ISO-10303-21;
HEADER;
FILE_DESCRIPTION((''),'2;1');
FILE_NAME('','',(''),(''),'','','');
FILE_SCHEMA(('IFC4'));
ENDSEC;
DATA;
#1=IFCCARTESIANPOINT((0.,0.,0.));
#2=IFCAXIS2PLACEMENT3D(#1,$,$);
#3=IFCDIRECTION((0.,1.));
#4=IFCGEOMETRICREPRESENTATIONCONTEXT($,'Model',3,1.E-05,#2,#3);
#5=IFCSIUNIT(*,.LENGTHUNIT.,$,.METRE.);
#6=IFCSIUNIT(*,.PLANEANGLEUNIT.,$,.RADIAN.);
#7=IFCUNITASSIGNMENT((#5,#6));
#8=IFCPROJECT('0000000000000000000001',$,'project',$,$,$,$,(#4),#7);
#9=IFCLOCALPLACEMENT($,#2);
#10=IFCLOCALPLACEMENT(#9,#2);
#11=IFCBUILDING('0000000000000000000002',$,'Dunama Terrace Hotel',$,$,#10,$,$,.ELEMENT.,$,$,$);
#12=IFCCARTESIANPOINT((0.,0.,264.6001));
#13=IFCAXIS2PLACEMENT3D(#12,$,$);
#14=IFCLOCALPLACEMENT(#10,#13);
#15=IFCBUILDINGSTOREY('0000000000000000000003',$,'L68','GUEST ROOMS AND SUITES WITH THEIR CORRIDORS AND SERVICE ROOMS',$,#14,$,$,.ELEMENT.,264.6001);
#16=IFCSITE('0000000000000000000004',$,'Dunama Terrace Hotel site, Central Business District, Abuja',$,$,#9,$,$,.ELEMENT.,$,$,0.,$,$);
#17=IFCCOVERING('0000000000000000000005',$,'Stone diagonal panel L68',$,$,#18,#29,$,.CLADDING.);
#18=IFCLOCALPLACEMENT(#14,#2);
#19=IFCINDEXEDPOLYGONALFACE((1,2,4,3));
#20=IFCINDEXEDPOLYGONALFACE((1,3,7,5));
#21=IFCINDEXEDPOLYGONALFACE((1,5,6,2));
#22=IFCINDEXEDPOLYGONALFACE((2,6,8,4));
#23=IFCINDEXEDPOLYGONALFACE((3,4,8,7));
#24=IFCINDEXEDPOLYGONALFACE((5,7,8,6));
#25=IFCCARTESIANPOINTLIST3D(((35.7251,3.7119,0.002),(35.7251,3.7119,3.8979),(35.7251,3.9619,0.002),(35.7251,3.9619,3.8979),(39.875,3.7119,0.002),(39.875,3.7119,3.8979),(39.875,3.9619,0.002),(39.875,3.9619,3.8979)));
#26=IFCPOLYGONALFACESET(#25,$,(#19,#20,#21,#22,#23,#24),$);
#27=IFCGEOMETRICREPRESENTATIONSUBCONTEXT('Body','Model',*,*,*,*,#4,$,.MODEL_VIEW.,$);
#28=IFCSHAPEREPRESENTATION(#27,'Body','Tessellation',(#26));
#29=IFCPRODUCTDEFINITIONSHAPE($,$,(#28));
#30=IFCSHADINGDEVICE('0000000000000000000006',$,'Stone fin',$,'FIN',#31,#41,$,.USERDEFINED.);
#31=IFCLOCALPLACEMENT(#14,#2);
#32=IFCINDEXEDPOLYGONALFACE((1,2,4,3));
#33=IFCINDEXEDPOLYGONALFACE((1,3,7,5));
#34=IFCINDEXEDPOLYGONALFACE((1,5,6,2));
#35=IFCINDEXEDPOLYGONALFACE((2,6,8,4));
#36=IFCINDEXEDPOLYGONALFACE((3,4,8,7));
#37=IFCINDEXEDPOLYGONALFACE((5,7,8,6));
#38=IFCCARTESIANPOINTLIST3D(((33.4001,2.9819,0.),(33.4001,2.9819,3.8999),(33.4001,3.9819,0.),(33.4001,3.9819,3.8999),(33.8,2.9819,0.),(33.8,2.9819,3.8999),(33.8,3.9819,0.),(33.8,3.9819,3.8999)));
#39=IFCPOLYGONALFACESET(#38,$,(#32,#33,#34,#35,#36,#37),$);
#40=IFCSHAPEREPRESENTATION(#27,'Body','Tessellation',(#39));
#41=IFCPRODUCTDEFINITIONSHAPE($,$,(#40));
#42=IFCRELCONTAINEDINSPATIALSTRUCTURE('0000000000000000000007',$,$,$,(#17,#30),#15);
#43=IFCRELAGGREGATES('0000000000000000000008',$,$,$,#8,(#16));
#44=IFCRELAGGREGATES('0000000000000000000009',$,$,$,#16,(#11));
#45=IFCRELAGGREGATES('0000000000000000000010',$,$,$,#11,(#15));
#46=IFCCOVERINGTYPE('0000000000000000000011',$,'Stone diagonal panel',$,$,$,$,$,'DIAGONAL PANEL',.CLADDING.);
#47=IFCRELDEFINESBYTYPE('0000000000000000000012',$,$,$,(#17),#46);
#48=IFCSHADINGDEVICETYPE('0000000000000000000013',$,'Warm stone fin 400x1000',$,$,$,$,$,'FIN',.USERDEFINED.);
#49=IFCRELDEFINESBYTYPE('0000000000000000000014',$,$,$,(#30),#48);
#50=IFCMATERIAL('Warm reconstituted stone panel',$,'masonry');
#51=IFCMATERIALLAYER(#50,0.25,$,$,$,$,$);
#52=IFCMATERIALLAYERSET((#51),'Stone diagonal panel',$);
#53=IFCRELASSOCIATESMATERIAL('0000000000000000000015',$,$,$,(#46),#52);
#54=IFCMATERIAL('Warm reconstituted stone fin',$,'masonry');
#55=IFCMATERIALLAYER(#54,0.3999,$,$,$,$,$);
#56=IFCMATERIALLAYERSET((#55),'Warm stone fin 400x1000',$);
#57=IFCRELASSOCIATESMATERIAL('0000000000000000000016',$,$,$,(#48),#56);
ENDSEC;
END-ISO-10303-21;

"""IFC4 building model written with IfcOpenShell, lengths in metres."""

from ifc_helpers import new_model, si_unit, direction, frame, origin, origin_2d, place, context, subcontext, project, spatial, rectangle, extrude, material, layer, layer_set, type_object, element, save


model = new_model("IFC4")

# Units and contexts
model_context = context("Model", 3, precision=1e-05, world=origin(), true_north=direction((0.0, 1.0)))
body_context = subcontext(model_context, "Body", "Model", "MODEL_VIEW")
ifc_project = project(units=[si_unit("LENGTHUNIT", "METRE"), si_unit("PLANEANGLEUNIT", "RADIAN")], contexts=[model_context])

# Site, building, storey
site_placement = place(None, origin())
site = spatial("IfcSite", under=ifc_project, at=site_placement, Name="Dunama Terrace Hotel site, Central Business District, Abuja", CompositionType="ELEMENT", RefElevation=0.0)
building_placement = place(site_placement, origin())
building = spatial("IfcBuilding", under=site, at=building_placement, Name="Dunama Terrace Hotel", CompositionType="ELEMENT")
storey_placement = place(building_placement, frame((0.0, 0.0, 264.6001)))
storey = spatial("IfcBuildingStorey", under=building, at=storey_placement, Name="L68", Description="GUEST ROOMS AND SUITES WITH THEIR CORRIDORS AND SERVICE ROOMS", CompositionType="ELEMENT", Elevation=264.6001)

# Covering
ifc_material_1 = material(Name="Warm reconstituted stone panel", Category="masonry")
ifc_layer_1 = layer(ifc_material_1, 0.25)
ifc_layer_set_1 = layer_set([ifc_layer_1], Name="Stone diagonal panel")
covering_type = type_object("IfcCoveringType", Name="Stone diagonal panel", ElementType="DIAGONAL PANEL", PredefinedType="CLADDING", material=ifc_layer_set_1)
covering_placement = place(storey_placement, frame((37.8, 3.8369, 0.002), z_axis=(0.0, 0.0, 1.0), x_axis=(1.0, 0.0, 0.0)))
element("IfcCovering", 1, at=covering_placement, inside=storey, type_object=covering_type, Name="Stone diagonal panel L68", PredefinedType="CLADDING", context=body_context, shape_type="SweptSolid", body=[
    extrude(rectangle(XDim=4.1499, YDim=0.25, at=origin_2d()), origin(), (0.0, 0.0, 1.0), 3.896),
])

# Shading device
ifc_material_2 = material(Name="Warm reconstituted stone fin", Category="masonry")
ifc_layer_2 = layer(ifc_material_2, 0.3999)
ifc_layer_set_2 = layer_set([ifc_layer_2], Name="Warm stone fin 400x1000")
shading_device_type = type_object("IfcShadingDeviceType", Name="Warm stone fin 400x1000", ElementType="FIN", PredefinedType="USERDEFINED", material=ifc_layer_set_2)
shading_device_placement = place(storey_placement, frame((33.6001, 3.4819, 0.0), z_axis=(0.0, 0.0, 1.0), x_axis=(1.0, 0.0, 0.0)))
element("IfcShadingDevice", 2, at=shading_device_placement, inside=storey, type_object=shading_device_type, Name="Stone fin", ObjectType="FIN", PredefinedType="USERDEFINED", context=body_context, shape_type="SweptSolid", body=[
    extrude(rectangle(XDim=0.3999, YDim=1.0, at=origin_2d()), origin(), (0.0, 0.0, 1.0), 3.8999),
])

save(model, "model.ifc")
